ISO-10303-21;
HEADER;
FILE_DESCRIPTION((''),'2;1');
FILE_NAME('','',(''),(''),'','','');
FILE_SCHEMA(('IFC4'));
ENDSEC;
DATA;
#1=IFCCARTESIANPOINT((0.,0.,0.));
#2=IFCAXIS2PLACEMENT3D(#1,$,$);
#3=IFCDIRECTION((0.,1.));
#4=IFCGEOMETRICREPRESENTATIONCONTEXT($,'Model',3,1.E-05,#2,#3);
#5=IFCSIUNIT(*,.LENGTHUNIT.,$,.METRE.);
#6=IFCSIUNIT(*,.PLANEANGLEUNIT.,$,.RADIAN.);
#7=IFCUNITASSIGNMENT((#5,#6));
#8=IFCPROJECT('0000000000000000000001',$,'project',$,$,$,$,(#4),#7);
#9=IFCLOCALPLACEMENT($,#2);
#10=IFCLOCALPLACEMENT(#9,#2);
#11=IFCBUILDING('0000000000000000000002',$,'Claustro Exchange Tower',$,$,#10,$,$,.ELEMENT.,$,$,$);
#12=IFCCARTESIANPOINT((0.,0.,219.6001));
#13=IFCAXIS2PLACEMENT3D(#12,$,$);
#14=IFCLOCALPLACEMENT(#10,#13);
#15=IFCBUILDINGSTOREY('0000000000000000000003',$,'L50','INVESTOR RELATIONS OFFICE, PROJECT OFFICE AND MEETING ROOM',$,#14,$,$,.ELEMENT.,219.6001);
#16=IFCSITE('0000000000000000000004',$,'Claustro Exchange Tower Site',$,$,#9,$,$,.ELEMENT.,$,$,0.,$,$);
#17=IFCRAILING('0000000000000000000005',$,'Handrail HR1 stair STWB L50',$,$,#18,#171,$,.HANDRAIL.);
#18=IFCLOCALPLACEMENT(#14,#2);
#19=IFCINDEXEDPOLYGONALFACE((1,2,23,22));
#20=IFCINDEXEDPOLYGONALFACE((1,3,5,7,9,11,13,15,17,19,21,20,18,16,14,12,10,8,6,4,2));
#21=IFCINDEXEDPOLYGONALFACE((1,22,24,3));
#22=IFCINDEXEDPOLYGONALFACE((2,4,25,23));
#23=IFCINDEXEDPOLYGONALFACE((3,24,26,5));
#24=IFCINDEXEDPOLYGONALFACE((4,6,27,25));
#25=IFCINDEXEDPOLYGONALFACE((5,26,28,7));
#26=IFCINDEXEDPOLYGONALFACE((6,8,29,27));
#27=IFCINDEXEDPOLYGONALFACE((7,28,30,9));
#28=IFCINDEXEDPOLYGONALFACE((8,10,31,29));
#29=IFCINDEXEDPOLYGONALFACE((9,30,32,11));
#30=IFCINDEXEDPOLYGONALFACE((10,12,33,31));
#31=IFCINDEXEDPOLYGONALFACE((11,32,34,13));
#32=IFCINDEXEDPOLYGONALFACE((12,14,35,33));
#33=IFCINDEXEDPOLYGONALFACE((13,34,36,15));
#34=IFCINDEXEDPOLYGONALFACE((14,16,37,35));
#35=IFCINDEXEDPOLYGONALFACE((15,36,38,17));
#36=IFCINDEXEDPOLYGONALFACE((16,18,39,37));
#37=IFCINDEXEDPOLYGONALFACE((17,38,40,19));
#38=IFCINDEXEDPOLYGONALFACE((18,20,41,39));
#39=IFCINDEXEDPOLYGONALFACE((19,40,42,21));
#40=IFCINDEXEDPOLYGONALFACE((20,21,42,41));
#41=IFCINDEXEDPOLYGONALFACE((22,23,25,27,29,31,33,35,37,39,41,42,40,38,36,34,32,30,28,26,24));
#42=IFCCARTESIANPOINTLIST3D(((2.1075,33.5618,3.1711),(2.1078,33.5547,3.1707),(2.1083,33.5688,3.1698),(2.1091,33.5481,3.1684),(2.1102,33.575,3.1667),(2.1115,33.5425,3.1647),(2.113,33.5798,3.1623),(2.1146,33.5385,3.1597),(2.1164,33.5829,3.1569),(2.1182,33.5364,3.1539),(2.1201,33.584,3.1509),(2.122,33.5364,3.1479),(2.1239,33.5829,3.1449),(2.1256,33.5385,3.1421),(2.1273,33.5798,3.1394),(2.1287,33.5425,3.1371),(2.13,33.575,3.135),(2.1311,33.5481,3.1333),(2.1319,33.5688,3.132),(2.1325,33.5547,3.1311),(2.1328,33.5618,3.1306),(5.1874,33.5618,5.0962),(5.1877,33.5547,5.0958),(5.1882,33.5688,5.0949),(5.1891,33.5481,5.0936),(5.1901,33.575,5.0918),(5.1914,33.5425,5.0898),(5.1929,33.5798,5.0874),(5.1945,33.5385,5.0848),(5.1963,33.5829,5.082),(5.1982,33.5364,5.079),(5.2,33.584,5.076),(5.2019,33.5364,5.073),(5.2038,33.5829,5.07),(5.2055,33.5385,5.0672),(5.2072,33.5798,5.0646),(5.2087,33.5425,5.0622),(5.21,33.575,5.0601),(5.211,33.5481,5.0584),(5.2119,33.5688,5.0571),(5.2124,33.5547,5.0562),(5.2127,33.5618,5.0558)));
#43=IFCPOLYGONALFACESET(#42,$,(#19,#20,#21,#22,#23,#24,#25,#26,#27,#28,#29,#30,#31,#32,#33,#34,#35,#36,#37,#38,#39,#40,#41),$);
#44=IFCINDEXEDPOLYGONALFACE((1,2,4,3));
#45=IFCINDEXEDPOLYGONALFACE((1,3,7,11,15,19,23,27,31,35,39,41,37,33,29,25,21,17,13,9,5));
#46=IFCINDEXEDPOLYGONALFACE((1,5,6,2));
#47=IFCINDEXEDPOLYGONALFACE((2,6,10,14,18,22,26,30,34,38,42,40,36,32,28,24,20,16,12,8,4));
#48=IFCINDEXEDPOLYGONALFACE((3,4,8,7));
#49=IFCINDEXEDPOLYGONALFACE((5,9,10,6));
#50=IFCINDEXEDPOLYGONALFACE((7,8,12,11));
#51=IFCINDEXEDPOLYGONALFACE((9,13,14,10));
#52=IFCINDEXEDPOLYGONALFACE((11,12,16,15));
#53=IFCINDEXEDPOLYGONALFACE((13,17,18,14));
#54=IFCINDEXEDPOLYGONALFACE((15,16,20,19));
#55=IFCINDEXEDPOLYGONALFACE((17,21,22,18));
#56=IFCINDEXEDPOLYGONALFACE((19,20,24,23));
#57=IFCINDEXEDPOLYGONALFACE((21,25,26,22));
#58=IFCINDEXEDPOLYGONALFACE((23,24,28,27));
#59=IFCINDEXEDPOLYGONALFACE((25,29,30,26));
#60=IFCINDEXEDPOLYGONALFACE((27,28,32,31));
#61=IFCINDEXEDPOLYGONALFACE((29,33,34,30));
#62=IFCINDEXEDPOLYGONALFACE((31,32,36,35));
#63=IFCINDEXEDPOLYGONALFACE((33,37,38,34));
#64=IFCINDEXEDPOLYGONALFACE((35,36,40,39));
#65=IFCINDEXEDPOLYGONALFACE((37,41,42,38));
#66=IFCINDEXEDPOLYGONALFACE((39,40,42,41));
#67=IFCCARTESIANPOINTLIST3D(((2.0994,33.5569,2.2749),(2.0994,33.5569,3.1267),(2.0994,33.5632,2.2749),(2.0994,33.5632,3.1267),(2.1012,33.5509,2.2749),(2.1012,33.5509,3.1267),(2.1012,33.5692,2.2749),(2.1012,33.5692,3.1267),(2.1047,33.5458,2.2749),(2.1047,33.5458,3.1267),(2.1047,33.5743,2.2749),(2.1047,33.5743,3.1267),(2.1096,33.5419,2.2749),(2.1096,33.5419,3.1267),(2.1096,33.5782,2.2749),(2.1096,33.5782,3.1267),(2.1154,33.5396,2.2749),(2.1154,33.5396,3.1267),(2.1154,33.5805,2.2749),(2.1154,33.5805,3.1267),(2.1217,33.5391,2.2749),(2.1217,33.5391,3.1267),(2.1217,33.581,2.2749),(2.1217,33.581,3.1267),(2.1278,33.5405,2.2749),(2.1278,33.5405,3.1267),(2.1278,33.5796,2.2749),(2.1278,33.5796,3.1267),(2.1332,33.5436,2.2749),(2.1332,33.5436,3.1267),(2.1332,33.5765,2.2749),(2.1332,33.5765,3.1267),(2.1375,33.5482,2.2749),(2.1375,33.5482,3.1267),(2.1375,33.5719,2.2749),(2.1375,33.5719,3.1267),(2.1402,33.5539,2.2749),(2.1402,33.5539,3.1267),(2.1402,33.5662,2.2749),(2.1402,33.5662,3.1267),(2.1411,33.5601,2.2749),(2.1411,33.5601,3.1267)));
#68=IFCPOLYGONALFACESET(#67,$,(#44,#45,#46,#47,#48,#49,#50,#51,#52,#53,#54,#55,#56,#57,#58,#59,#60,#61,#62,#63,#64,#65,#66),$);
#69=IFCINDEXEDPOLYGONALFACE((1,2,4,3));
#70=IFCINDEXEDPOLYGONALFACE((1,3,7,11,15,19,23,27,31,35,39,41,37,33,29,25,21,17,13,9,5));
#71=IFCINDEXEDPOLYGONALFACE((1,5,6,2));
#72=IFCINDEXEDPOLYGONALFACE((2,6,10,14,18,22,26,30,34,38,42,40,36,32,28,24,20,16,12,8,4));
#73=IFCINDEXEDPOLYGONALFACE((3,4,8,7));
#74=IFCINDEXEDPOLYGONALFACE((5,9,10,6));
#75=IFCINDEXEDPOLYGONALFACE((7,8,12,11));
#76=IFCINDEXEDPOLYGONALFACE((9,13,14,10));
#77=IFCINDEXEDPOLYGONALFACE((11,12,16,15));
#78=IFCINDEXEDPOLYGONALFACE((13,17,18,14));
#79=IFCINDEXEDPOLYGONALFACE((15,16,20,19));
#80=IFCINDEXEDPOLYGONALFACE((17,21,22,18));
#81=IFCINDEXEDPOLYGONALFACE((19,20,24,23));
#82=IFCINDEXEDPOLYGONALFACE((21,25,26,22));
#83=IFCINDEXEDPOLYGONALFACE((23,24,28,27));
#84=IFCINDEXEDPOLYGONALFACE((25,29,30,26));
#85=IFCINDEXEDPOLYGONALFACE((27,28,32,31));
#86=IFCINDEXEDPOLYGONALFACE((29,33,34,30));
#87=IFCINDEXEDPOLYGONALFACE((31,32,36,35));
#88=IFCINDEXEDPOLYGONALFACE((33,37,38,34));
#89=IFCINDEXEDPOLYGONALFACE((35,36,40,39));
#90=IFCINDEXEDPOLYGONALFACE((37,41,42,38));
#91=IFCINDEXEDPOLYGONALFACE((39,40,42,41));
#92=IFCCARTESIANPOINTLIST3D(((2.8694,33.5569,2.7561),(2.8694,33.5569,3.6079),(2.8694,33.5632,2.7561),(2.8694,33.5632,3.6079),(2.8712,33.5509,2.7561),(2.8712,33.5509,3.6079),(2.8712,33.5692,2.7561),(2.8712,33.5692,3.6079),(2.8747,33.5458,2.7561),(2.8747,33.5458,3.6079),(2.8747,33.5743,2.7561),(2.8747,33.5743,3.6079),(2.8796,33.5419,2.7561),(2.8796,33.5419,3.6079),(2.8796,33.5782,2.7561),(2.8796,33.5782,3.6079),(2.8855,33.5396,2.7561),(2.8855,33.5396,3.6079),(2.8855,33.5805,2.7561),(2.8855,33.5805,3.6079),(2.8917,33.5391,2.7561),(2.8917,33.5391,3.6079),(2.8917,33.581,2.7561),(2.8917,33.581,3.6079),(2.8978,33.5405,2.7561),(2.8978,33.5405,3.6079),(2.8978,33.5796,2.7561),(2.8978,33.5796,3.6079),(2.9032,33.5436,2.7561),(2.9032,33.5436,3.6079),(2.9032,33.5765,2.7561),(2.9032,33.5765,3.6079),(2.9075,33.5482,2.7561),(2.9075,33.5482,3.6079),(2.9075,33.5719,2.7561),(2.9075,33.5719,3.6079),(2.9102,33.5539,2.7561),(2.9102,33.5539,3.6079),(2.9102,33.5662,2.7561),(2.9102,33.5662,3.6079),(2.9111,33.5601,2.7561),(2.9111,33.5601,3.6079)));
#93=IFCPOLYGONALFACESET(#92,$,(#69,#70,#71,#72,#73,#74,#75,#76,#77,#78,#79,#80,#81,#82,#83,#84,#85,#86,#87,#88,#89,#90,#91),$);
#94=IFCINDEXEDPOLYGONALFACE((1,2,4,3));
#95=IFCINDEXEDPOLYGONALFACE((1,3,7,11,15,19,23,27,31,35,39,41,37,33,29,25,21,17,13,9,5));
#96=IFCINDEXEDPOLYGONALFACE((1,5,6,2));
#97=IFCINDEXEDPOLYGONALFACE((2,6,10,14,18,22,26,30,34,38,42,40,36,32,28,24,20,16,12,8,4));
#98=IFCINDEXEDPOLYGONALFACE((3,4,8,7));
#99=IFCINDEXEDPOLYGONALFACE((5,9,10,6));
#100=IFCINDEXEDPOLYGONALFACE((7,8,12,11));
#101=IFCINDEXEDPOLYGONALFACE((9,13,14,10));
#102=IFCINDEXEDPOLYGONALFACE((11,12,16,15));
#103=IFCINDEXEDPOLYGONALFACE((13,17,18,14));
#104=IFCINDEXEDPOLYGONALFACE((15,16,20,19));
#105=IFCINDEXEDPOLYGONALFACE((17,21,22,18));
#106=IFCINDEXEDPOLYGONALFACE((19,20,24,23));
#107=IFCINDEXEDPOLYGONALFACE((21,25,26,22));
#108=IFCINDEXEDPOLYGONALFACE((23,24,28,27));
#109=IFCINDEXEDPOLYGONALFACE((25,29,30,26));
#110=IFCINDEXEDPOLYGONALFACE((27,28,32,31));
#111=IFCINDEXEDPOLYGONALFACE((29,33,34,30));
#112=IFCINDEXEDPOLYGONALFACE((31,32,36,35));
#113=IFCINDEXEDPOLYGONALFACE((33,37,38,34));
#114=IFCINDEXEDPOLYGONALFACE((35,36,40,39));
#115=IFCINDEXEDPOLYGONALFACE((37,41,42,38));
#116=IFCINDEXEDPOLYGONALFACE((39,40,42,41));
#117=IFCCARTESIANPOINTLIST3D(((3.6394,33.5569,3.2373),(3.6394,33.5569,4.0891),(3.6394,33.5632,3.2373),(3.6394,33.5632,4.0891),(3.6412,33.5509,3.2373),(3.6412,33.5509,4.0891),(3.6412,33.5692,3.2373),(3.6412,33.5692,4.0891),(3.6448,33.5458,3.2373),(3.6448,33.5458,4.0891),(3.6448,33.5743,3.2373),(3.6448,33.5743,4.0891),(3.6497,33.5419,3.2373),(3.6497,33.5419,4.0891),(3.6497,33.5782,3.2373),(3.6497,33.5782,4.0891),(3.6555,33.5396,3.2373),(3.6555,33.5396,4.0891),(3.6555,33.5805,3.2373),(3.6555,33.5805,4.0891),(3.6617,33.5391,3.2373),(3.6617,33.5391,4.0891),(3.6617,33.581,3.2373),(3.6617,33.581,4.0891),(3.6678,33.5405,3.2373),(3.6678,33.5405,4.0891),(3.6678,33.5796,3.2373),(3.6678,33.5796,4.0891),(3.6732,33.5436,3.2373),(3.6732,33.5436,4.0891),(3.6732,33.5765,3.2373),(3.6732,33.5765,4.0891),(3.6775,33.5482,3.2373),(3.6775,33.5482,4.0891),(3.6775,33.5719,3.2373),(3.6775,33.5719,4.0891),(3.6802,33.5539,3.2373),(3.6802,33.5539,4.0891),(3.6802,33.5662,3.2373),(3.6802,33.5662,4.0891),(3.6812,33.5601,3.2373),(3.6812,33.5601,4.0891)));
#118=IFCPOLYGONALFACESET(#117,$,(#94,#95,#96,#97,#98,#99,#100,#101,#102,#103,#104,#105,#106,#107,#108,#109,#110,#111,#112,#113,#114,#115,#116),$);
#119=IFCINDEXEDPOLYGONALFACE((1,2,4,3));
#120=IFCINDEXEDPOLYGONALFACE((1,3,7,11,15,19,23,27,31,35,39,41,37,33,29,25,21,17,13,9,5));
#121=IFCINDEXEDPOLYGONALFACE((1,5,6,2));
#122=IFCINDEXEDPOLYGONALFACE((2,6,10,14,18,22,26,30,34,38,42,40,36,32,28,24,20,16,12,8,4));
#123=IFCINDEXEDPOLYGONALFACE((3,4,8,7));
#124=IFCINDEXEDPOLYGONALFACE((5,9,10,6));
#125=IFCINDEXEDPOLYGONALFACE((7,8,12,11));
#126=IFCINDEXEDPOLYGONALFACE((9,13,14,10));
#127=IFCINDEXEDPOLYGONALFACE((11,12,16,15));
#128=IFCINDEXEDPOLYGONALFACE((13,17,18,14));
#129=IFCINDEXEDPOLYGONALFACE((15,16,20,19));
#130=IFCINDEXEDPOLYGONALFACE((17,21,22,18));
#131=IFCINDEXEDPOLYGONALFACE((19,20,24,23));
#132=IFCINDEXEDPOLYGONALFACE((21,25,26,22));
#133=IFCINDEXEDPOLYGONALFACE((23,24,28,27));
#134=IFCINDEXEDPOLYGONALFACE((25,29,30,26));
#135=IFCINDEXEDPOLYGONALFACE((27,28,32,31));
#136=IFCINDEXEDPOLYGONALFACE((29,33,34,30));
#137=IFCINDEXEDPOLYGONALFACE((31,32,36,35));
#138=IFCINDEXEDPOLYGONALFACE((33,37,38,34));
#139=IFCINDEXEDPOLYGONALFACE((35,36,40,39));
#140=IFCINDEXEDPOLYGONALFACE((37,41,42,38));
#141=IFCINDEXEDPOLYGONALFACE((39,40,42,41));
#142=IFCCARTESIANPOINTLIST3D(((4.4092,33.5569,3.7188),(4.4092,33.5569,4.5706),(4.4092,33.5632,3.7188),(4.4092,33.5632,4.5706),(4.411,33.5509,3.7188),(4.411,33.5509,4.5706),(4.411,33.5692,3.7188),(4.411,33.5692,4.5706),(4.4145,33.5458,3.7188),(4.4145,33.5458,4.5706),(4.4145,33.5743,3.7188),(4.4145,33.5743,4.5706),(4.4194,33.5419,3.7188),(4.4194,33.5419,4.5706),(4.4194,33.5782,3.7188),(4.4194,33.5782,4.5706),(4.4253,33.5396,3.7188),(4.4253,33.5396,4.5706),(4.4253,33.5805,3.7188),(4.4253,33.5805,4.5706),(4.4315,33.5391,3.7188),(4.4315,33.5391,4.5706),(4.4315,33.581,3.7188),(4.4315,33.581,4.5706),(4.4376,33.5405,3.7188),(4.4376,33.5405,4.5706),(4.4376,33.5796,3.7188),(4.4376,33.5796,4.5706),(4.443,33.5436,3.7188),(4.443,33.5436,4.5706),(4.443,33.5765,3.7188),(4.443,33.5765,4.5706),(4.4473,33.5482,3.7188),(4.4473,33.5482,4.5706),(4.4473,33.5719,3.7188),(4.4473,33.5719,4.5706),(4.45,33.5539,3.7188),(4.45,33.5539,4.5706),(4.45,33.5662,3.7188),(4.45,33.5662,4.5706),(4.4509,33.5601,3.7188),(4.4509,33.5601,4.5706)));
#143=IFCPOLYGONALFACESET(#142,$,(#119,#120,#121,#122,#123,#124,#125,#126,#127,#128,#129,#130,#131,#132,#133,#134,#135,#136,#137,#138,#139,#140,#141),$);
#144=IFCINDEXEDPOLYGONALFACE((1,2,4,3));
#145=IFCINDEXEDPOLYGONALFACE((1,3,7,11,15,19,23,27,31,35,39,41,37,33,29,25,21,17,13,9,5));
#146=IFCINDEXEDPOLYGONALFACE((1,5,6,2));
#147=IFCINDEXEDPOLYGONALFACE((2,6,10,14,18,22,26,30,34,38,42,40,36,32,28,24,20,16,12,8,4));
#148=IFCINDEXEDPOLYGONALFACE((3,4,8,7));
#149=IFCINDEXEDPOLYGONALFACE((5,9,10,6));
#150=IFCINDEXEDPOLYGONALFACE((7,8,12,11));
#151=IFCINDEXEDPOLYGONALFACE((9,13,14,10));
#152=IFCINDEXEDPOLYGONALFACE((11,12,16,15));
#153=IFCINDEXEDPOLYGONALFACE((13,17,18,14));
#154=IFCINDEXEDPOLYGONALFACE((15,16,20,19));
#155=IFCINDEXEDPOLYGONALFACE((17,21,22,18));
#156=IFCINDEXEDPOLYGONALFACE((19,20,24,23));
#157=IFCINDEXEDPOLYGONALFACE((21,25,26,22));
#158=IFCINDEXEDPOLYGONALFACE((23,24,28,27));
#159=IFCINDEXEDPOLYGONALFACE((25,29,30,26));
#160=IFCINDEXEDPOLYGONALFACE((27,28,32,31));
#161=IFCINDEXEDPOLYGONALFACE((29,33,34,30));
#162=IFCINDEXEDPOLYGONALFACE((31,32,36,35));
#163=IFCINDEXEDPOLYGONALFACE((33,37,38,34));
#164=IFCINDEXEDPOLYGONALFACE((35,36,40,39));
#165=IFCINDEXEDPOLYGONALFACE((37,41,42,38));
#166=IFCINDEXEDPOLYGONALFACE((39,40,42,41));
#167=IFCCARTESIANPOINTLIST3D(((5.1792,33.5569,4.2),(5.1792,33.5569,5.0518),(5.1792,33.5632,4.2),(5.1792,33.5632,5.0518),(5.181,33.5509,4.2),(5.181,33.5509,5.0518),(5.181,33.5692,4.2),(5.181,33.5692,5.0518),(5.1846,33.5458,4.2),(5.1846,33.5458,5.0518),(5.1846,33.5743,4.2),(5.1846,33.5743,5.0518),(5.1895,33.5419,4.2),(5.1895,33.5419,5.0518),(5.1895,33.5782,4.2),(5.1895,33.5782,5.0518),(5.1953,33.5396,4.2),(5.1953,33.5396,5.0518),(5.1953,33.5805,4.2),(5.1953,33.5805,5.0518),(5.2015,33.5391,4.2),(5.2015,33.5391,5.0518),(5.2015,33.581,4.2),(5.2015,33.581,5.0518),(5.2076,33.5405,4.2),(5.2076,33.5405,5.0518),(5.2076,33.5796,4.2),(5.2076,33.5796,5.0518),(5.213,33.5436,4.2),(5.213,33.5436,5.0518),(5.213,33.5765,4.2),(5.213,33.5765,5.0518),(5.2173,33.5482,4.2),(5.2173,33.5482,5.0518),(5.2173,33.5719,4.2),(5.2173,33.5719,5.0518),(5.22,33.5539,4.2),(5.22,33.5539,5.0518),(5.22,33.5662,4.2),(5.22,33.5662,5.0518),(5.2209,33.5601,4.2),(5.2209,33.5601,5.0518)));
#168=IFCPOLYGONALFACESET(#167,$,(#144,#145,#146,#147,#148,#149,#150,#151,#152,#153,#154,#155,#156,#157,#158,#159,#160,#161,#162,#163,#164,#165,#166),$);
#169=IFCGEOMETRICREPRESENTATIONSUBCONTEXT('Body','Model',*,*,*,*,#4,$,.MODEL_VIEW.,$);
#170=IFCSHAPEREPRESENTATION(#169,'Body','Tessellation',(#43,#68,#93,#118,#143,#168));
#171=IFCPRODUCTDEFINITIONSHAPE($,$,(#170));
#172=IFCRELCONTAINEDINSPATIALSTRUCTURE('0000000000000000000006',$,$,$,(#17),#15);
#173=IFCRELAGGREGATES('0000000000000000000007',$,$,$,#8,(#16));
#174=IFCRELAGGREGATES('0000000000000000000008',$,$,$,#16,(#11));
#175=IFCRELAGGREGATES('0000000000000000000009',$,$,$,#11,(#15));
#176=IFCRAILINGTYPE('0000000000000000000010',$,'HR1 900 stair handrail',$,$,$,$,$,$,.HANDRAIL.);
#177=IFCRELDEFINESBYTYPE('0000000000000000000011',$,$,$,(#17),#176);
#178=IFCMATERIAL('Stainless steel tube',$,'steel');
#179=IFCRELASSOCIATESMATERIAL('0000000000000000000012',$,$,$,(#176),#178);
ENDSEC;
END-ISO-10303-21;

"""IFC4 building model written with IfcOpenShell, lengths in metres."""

from ifc_helpers import new_model, si_unit, direction, frame, origin, origin_2d, place, context, subcontext, project, spatial, circle, extrude, material, type_object, element, save


model = new_model("IFC4")

# Units and contexts
model_context = context("Model", 3, precision=1e-05, world=origin(), true_north=direction((0.0, 1.0)))
body_context = subcontext(model_context, "Body", "Model", "MODEL_VIEW")
ifc_project = project(units=[si_unit("LENGTHUNIT", "METRE"), si_unit("PLANEANGLEUNIT", "RADIAN")], contexts=[model_context])

# Site, building, storey
site_placement = place(None, origin())
site = spatial("IfcSite", under=ifc_project, at=site_placement, Name="Claustro Exchange Tower Site", CompositionType="ELEMENT", RefElevation=0.0)
building_placement = place(site_placement, origin())
building = spatial("IfcBuilding", under=site, at=building_placement, Name="Claustro Exchange Tower", CompositionType="ELEMENT")
storey_placement = place(building_placement, frame((0.0, 0.0, 219.6001)))
storey = spatial("IfcBuildingStorey", under=building, at=storey_placement, Name="L50", Description="INVESTOR RELATIONS OFFICE, PROJECT OFFICE AND MEETING ROOM", CompositionType="ELEMENT", Elevation=219.6001)

# Railing
ifc_material_1 = material(Name="Stainless steel tube", Category="steel")
railing_type_1 = type_object("IfcRailingType", Name="HR1 900 stair handrail", PredefinedType="HANDRAIL", material=ifc_material_1)
railing_1_placement = place(storey_placement, frame((2.1201, 33.5601, 2.2749)))
element("IfcRailing", 1, at=railing_1_placement, inside=storey, type_object=railing_type_1, Name="Handrail HR1 stair STWB L50", PredefinedType="HANDRAIL", context=body_context, shape_type="SweptSolid", body=[
    extrude(circle(Radius=0.0239, at=origin_2d()), frame((0.0, 0.0, 0.876), z_axis=(0.847979, 0.0, 0.530029), x_axis=(0.0, 1.0, 0.0)), (0.0, 0.0, 1.0), 3.6321),
    extrude(circle(Radius=0.021, at=origin_2d()), origin(), (0.0, 0.0, 1.0), 0.8518),
    extrude(circle(Radius=0.021, at=origin_2d()), frame((0.77, 0.0, 0.4812)), (0.0, 0.0, 1.0), 0.8518),
    extrude(circle(Radius=0.021, at=origin_2d()), frame((1.54, 0.0, 0.9624)), (0.0, 0.0, 1.0), 0.8518),
    extrude(circle(Radius=0.021, at=origin_2d()), frame((2.3098, 0.0, 1.4438)), (0.0, 0.0, 1.0), 0.8518),
    extrude(circle(Radius=0.021, at=origin_2d()), frame((3.0798, 0.0, 1.925)), (0.0, 0.0, 1.0), 0.8518),
])

save(model, "model.ifc")
